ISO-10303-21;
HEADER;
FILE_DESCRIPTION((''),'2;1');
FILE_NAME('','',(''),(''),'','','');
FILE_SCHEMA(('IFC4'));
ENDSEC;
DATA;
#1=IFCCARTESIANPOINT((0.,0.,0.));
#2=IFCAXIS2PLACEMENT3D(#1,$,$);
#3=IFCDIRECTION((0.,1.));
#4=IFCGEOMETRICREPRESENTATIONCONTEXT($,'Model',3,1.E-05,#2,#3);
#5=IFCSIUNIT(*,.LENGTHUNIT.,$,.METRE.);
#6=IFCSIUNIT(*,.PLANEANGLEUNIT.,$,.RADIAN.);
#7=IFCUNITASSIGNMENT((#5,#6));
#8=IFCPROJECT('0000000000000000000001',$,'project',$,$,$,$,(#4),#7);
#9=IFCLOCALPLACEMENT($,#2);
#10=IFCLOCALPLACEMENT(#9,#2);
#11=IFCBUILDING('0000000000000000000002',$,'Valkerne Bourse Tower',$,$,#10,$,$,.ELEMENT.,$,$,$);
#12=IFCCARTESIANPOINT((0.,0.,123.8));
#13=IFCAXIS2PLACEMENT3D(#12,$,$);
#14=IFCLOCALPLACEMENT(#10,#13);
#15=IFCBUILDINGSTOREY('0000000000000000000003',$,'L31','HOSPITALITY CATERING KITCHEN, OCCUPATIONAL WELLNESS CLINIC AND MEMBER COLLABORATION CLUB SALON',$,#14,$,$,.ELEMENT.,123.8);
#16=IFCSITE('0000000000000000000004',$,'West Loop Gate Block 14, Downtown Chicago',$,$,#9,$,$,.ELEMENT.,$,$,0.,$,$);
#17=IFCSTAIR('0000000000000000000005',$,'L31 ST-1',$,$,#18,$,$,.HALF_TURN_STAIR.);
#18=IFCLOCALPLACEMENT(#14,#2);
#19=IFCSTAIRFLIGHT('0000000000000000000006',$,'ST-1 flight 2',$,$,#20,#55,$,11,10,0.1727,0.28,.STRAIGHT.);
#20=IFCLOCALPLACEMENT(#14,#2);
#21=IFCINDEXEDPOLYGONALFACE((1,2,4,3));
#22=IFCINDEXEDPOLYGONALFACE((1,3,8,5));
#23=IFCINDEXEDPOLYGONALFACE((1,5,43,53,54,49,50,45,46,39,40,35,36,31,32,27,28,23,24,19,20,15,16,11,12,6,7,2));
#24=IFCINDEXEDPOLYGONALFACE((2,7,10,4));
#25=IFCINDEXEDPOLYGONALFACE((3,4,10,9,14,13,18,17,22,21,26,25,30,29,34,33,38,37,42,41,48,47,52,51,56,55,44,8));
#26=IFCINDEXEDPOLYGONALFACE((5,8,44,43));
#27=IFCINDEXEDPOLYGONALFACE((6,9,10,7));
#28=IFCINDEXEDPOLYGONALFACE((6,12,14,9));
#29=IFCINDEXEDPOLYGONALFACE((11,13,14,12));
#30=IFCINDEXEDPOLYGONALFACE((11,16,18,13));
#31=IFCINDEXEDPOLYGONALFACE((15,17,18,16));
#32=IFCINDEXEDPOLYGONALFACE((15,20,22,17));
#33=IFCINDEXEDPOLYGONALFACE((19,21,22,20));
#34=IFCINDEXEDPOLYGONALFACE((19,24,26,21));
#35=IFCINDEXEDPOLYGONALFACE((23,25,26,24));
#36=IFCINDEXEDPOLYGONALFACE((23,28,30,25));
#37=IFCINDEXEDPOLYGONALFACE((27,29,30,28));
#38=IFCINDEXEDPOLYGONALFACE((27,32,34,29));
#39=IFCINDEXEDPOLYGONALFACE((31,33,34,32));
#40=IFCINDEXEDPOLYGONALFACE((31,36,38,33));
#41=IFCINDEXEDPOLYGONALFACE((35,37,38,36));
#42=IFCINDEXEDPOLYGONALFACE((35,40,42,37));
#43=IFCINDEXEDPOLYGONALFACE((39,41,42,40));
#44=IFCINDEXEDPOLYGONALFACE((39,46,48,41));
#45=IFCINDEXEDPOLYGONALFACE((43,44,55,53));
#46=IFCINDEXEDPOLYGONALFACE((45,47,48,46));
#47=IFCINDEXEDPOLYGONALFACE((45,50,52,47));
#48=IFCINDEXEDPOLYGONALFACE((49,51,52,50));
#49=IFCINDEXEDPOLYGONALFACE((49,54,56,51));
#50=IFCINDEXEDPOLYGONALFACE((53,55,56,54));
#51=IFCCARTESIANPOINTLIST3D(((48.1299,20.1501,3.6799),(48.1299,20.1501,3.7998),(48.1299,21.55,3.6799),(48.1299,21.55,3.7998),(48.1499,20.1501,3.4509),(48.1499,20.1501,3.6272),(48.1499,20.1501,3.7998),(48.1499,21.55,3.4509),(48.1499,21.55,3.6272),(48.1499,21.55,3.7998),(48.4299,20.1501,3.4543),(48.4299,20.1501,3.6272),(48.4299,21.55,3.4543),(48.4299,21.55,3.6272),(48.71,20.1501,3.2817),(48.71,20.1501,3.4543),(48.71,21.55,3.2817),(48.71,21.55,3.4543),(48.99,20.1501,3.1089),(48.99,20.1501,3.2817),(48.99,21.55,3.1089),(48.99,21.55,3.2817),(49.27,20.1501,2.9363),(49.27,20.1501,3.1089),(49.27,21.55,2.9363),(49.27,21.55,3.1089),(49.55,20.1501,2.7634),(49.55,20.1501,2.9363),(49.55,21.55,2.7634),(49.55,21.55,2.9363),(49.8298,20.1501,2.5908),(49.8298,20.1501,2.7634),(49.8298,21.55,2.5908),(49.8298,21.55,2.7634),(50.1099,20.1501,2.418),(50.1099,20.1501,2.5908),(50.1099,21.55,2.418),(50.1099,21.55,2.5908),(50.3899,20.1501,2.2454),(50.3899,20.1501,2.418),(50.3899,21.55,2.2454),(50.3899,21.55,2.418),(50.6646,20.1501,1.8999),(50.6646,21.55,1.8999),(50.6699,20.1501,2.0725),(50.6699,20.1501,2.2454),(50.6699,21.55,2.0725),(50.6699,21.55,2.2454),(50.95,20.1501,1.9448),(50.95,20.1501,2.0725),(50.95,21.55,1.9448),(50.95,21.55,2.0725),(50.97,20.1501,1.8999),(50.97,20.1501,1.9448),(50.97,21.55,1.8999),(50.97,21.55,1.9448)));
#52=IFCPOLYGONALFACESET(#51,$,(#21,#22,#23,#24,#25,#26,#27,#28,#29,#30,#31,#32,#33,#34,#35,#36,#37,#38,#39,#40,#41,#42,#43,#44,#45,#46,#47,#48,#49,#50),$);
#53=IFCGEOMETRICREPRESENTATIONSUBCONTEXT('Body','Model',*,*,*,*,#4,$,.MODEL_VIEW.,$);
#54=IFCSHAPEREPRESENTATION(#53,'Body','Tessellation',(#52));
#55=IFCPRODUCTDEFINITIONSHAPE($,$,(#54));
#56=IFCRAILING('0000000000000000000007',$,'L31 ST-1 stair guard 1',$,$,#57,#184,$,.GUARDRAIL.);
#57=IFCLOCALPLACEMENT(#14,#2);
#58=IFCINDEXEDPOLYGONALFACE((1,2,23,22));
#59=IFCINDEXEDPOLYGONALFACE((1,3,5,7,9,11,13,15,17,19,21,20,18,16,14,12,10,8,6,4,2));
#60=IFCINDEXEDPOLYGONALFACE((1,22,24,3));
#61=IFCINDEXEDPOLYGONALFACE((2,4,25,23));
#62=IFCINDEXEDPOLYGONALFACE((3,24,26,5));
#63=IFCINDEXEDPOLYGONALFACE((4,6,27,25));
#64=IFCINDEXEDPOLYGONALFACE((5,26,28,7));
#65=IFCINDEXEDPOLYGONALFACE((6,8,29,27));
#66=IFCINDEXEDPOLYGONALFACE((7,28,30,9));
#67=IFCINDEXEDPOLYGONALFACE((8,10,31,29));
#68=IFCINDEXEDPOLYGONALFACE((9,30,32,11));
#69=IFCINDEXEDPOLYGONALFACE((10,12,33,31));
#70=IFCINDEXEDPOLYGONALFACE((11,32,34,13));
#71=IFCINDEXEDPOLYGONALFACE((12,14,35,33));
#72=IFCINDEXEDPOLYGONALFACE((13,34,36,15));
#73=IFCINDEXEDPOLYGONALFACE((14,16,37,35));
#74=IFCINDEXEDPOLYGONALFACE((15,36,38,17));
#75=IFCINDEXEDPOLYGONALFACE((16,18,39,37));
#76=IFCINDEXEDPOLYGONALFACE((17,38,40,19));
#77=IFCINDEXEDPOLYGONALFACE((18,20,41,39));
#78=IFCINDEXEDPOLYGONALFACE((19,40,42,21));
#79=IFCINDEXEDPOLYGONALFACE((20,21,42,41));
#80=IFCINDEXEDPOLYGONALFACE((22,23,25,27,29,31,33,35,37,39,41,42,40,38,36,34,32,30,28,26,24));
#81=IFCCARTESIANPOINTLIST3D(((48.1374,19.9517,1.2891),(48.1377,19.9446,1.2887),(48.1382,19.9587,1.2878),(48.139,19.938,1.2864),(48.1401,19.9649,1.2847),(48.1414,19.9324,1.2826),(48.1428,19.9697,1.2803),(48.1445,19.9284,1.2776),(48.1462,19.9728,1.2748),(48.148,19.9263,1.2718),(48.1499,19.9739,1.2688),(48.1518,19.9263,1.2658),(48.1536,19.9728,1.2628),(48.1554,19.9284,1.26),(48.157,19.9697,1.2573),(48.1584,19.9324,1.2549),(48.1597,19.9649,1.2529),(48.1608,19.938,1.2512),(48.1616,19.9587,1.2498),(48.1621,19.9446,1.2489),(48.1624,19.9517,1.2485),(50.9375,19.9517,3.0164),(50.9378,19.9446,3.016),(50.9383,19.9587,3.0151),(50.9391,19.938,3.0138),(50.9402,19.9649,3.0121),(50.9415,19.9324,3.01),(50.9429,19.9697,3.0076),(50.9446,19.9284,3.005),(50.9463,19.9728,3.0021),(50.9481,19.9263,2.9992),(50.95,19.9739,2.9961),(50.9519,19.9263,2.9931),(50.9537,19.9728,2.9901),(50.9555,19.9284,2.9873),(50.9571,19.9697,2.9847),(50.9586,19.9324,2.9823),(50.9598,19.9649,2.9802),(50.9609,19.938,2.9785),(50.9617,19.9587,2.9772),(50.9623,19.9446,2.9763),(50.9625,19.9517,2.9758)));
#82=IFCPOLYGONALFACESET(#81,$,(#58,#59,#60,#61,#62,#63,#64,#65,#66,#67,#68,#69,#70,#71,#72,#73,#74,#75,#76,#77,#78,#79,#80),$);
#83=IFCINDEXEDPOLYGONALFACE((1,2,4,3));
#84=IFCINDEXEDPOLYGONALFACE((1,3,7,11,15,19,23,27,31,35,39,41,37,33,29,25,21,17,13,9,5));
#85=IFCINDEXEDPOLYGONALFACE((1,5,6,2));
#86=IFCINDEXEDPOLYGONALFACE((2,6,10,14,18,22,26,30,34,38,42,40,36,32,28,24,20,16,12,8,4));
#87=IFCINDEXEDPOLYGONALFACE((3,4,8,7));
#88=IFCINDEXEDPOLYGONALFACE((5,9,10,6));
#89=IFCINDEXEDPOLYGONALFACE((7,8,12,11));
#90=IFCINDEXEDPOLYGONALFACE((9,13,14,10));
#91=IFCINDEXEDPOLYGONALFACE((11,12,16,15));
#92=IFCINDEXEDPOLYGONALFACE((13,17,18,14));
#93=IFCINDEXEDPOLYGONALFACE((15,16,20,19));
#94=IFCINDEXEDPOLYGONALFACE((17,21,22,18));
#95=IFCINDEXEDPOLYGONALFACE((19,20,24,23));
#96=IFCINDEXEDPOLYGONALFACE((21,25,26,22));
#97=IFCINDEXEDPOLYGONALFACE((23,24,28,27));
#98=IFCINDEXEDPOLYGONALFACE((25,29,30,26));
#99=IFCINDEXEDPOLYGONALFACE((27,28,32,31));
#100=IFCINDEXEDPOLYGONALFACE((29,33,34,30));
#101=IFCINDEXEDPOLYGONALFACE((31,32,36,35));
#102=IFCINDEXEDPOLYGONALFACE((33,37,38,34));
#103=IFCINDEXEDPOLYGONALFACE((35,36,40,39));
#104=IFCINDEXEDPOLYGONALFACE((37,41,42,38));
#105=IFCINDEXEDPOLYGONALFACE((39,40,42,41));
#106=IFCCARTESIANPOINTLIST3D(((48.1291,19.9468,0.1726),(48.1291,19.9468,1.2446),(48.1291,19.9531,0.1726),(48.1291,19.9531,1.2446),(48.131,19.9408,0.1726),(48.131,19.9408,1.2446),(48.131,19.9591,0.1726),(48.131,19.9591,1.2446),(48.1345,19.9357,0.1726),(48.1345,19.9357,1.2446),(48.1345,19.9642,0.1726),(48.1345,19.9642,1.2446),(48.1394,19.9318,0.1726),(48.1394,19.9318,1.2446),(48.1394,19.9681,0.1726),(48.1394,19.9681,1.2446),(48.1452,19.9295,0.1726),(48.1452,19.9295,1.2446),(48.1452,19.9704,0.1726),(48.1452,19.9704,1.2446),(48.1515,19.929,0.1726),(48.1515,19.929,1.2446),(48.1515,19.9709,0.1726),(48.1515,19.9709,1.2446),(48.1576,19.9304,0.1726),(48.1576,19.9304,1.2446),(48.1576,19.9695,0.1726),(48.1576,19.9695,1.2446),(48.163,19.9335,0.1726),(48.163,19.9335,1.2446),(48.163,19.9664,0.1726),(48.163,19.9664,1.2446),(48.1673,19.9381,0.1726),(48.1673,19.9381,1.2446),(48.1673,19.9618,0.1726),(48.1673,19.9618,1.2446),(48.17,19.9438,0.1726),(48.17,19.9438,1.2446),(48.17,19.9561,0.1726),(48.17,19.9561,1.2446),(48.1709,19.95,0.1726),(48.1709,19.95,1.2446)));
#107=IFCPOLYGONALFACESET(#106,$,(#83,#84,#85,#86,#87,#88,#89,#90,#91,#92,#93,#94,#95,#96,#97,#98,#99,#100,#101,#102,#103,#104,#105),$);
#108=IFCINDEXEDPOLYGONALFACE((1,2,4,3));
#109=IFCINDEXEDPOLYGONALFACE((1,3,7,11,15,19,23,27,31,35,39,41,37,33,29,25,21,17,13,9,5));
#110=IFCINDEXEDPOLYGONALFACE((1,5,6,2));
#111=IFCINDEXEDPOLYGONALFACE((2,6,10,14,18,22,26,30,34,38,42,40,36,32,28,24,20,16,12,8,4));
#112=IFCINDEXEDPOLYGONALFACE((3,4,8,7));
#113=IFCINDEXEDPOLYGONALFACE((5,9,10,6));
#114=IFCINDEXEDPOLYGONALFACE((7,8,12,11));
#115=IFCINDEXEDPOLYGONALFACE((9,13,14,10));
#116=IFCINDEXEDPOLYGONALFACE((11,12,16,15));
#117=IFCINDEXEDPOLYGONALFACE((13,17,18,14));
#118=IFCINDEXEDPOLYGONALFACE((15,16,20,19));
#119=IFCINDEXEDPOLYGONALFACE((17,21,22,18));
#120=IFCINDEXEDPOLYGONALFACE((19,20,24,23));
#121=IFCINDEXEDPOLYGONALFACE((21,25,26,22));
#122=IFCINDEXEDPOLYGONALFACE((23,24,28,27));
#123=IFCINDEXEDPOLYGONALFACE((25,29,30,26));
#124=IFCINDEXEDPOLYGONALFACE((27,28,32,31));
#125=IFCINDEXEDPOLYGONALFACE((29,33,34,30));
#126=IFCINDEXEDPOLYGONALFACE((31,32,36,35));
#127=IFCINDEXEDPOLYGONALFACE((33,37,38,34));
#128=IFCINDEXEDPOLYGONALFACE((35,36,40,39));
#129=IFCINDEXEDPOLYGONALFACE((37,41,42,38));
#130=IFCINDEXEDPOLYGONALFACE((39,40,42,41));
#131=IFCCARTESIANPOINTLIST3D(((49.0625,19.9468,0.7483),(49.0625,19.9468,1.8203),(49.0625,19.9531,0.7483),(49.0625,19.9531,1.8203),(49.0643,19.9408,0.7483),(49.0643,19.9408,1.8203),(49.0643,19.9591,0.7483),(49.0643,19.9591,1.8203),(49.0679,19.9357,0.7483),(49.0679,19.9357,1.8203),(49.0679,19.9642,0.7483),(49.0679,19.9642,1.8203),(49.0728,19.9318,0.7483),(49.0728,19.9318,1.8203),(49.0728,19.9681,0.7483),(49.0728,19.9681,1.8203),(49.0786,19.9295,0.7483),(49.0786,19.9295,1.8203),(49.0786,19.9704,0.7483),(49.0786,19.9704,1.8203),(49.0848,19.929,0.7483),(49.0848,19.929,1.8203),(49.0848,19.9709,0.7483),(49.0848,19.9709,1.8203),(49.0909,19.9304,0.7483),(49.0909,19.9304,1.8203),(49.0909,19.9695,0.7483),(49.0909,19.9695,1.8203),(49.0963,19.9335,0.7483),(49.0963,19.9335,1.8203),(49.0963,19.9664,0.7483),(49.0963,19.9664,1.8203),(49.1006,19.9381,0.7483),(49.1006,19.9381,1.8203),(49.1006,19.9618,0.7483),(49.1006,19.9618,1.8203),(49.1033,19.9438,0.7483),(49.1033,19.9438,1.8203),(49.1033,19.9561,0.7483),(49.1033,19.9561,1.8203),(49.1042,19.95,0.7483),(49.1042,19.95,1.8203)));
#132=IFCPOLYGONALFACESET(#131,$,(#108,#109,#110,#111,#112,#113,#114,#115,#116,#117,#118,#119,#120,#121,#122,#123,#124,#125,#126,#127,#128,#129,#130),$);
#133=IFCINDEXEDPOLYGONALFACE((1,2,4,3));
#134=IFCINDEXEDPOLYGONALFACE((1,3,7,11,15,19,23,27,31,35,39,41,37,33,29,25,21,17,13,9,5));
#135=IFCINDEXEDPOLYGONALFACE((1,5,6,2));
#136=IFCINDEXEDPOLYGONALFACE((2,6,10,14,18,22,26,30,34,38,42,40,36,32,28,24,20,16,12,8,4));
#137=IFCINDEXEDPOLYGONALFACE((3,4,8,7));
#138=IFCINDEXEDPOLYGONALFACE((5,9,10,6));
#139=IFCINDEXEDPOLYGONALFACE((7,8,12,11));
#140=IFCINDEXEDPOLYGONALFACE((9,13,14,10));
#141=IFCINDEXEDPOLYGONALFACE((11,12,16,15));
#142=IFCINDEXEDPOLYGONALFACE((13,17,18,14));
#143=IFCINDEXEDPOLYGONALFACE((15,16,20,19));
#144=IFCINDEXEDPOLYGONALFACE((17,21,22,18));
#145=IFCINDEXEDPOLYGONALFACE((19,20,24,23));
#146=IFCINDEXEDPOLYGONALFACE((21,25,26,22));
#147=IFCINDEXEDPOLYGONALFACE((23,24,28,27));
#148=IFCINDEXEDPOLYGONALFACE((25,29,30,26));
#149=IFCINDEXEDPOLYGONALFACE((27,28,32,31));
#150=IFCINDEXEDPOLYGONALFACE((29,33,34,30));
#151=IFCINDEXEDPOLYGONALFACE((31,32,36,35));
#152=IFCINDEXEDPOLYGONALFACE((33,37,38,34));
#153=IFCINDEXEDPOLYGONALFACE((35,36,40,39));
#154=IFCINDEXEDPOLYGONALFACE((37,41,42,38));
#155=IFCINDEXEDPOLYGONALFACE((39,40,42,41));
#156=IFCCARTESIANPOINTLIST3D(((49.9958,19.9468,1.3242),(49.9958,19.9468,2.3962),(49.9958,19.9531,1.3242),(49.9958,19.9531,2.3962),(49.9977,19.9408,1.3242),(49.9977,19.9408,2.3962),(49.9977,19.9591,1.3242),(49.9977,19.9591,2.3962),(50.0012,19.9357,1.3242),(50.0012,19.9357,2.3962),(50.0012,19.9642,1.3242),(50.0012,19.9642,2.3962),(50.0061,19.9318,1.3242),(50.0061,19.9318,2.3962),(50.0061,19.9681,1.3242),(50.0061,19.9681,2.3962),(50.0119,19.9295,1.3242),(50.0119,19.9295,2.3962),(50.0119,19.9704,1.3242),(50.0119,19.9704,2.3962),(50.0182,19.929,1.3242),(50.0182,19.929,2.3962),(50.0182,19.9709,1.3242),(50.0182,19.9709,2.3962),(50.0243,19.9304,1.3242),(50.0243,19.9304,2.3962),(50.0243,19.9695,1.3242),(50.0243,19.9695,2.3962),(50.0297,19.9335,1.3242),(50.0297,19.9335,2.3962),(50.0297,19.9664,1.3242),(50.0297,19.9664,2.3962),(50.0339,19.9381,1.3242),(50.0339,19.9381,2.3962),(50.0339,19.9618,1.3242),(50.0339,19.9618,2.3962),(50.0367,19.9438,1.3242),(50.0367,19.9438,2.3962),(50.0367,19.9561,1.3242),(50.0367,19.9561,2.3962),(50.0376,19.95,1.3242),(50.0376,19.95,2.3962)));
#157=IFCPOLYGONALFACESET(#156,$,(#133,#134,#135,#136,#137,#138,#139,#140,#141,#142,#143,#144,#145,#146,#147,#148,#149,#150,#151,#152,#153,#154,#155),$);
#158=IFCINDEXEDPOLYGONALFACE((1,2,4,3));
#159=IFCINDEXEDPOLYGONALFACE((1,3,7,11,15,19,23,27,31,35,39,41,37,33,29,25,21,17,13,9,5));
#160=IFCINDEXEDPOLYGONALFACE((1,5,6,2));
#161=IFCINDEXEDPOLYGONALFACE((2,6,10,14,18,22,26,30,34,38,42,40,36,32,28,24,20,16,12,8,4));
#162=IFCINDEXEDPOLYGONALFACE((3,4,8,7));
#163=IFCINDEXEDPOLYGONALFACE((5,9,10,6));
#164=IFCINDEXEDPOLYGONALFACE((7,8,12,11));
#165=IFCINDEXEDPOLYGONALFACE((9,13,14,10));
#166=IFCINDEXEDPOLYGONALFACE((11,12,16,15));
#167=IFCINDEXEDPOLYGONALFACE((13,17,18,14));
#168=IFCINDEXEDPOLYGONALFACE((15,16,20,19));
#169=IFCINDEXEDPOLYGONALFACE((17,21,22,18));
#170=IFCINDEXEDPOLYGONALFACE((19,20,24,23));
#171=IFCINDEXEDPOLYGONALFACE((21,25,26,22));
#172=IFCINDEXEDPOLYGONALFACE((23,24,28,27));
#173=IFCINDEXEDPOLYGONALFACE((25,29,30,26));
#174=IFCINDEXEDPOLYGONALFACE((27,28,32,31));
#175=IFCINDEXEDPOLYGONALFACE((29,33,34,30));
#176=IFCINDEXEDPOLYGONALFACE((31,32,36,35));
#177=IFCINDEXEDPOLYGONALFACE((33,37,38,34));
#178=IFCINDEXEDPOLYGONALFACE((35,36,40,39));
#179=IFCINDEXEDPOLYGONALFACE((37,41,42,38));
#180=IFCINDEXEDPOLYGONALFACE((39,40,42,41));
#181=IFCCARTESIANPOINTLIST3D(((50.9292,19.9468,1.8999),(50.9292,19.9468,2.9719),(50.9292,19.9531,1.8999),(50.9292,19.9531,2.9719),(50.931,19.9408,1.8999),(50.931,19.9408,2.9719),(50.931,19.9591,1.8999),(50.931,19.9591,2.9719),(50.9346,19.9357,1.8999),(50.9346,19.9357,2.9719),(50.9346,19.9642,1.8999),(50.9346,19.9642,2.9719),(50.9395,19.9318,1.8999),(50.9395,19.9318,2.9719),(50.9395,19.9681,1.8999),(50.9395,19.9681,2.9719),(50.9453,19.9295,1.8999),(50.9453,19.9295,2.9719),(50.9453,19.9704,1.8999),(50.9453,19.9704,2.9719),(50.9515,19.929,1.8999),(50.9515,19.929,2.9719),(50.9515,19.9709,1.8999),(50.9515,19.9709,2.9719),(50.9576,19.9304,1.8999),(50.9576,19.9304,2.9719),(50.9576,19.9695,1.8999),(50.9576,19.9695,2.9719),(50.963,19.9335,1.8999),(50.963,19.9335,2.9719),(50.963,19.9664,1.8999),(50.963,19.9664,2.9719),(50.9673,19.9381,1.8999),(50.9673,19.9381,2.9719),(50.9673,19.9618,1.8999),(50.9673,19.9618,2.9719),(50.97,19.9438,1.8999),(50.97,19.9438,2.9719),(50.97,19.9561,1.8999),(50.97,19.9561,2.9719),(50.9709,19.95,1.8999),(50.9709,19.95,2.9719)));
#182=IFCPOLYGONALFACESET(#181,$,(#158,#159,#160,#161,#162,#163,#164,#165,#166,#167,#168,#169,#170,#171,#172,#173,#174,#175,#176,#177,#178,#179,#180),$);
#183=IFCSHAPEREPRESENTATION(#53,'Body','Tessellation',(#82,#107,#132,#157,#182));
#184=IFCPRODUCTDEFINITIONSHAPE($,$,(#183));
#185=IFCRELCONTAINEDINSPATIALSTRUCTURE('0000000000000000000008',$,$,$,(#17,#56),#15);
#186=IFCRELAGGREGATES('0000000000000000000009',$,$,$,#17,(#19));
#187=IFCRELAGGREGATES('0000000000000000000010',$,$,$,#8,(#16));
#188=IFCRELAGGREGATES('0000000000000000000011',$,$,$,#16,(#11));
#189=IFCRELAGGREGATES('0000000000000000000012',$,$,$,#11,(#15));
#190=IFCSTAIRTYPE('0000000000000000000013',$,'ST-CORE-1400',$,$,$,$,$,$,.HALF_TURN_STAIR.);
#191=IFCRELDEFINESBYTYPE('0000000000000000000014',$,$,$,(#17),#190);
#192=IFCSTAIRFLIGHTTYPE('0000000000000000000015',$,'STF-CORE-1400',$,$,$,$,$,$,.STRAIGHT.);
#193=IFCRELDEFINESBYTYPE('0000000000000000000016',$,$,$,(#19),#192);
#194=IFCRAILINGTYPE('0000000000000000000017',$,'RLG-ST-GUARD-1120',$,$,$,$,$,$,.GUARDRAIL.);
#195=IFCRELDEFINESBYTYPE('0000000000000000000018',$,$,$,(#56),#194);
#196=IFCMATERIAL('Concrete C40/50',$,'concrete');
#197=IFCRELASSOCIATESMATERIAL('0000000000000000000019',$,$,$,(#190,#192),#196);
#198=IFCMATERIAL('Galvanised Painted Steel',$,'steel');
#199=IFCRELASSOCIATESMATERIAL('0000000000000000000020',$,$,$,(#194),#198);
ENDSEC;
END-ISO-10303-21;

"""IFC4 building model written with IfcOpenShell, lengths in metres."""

from ifc_helpers import new_model, si_unit, direction, frame, origin, origin_2d, place, context, subcontext, project, spatial, polyline, circle, outline, extrude, material, type_object, element, aggregate, save


model = new_model("IFC4")

# Units and contexts
model_context = context("Model", 3, precision=1e-05, world=origin(), true_north=direction((0.0, 1.0)))
body_context = subcontext(model_context, "Body", "Model", "MODEL_VIEW")
ifc_project = project(units=[si_unit("LENGTHUNIT", "METRE"), si_unit("PLANEANGLEUNIT", "RADIAN")], contexts=[model_context])

# Site, building, storey
site_placement = place(None, origin())
site = spatial("IfcSite", under=ifc_project, at=site_placement, Name="West Loop Gate Block 14, Downtown Chicago", CompositionType="ELEMENT", RefElevation=0.0)
building_placement = place(site_placement, origin())
building = spatial("IfcBuilding", under=site, at=building_placement, Name="Valkerne Bourse Tower", CompositionType="ELEMENT")
storey_placement = place(building_placement, frame((0.0, 0.0, 123.8)))
storey = spatial("IfcBuildingStorey", under=building, at=storey_placement, Name="L31", Description="HOSPITALITY CATERING KITCHEN, OCCUPATIONAL WELLNESS CLINIC AND MEMBER COLLABORATION CLUB SALON", CompositionType="ELEMENT", Elevation=123.8)

# Shared definitions
ifc_material_1 = material(Name="Galvanised Painted Steel", Category="steel")

# Stair, stair flight
ifc_material_2 = material(Name="Concrete C40/50", Category="concrete")
stair_type = type_object("IfcStairType", Name="ST-CORE-1400", PredefinedType="HALF_TURN_STAIR", material=ifc_material_2)
stair_placement = place(storey_placement, origin())
stair = element("IfcStair", 1, at=stair_placement, inside=storey, type_object=stair_type, Name="L31 ST-1", PredefinedType="HALF_TURN_STAIR")
stair_flight_type = type_object("IfcStairFlightType", Name="STF-CORE-1400", PredefinedType="STRAIGHT", material=ifc_material_2)
stair_flight_1_placement = place(storey_placement, frame((50.95, 20.8501, 1.8999), z_axis=(0.0, 0.0, 1.0), x_axis=(-1.0, 0.0, 0.0)))
stair_flight_1 = element("IfcStairFlight", 2, at=stair_flight_1_placement, type_object=stair_flight_type, Name="ST-1 flight 2", NumberOfRisers=11, NumberOfTreads=10, PredefinedType="STRAIGHT", RiserHeight=0.1727, TreadLength=0.28, context=body_context, shape_type="SweptSolid", body=[
    extrude(outline(polyline([(-0.02, 0.0), (-0.02, 0.0449), (0.0, 0.0449), (0.0, 0.1726), (0.28, 0.1726), (0.28, 0.3455), (0.5601, 0.3455), (0.5601, 0.5181), (0.8401, 0.5181), (0.8401, 0.6909), (1.1201, 0.6909), (1.1201, 0.8635), (1.3999, 0.8635), (1.3999, 1.0364), (1.6799, 1.0364), (1.6799, 1.209), (1.96, 1.209), (1.96, 1.3818), (2.24, 1.3818), (2.24, 1.5544), (2.52, 1.5544), (2.52, 1.7273), (2.8, 1.7273), (2.8, 1.8999), (2.8201, 1.8999), (2.8201, 1.78), (2.8, 1.551), (0.2854, 0.0), (-0.02, 0.0)])), frame((0.0, 0.7, 0.0), z_axis=(0.0, -1.0, 0.0), x_axis=(1.0, 0.0, 0.0)), (0.0, 0.0, 1.0), 1.3999),
])
aggregate(stair, [stair_flight_1])

# Railing
railing_type_1 = type_object("IfcRailingType", Name="RLG-ST-GUARD-1120", PredefinedType="GUARDRAIL", material=ifc_material_1)
railing_1_placement = place(storey_placement, frame((48.1499, 19.95, 0.1726)))
element("IfcRailing", 3, at=railing_1_placement, inside=storey, type_object=railing_type_1, Name="L31 ST-1 stair guard 1", PredefinedType="GUARDRAIL", context=body_context, shape_type="SweptSolid", body=[
    extrude(circle(Radius=0.0239, at=origin_2d()), frame((0.0, 0.0, 1.0962), z_axis=(0.85109, 0.0, 0.52502), x_axis=(0.0, 1.0, 0.0)), (0.0, 0.0, 1.0), 3.29),
    extrude(circle(Radius=0.021, at=origin_2d()), origin(), (0.0, 0.0, 1.0), 1.072),
    extrude(circle(Radius=0.021, at=origin_2d()), frame((0.9333, 0.0, 0.5757)), (0.0, 0.0, 1.0), 1.072),
    extrude(circle(Radius=0.021, at=origin_2d()), frame((1.8667, 0.0, 1.1516)), (0.0, 0.0, 1.0), 1.072),
    extrude(circle(Radius=0.021, at=origin_2d()), frame((2.8, 0.0, 1.7273)), (0.0, 0.0, 1.0), 1.072),
])

save(model, "model.ifc")
